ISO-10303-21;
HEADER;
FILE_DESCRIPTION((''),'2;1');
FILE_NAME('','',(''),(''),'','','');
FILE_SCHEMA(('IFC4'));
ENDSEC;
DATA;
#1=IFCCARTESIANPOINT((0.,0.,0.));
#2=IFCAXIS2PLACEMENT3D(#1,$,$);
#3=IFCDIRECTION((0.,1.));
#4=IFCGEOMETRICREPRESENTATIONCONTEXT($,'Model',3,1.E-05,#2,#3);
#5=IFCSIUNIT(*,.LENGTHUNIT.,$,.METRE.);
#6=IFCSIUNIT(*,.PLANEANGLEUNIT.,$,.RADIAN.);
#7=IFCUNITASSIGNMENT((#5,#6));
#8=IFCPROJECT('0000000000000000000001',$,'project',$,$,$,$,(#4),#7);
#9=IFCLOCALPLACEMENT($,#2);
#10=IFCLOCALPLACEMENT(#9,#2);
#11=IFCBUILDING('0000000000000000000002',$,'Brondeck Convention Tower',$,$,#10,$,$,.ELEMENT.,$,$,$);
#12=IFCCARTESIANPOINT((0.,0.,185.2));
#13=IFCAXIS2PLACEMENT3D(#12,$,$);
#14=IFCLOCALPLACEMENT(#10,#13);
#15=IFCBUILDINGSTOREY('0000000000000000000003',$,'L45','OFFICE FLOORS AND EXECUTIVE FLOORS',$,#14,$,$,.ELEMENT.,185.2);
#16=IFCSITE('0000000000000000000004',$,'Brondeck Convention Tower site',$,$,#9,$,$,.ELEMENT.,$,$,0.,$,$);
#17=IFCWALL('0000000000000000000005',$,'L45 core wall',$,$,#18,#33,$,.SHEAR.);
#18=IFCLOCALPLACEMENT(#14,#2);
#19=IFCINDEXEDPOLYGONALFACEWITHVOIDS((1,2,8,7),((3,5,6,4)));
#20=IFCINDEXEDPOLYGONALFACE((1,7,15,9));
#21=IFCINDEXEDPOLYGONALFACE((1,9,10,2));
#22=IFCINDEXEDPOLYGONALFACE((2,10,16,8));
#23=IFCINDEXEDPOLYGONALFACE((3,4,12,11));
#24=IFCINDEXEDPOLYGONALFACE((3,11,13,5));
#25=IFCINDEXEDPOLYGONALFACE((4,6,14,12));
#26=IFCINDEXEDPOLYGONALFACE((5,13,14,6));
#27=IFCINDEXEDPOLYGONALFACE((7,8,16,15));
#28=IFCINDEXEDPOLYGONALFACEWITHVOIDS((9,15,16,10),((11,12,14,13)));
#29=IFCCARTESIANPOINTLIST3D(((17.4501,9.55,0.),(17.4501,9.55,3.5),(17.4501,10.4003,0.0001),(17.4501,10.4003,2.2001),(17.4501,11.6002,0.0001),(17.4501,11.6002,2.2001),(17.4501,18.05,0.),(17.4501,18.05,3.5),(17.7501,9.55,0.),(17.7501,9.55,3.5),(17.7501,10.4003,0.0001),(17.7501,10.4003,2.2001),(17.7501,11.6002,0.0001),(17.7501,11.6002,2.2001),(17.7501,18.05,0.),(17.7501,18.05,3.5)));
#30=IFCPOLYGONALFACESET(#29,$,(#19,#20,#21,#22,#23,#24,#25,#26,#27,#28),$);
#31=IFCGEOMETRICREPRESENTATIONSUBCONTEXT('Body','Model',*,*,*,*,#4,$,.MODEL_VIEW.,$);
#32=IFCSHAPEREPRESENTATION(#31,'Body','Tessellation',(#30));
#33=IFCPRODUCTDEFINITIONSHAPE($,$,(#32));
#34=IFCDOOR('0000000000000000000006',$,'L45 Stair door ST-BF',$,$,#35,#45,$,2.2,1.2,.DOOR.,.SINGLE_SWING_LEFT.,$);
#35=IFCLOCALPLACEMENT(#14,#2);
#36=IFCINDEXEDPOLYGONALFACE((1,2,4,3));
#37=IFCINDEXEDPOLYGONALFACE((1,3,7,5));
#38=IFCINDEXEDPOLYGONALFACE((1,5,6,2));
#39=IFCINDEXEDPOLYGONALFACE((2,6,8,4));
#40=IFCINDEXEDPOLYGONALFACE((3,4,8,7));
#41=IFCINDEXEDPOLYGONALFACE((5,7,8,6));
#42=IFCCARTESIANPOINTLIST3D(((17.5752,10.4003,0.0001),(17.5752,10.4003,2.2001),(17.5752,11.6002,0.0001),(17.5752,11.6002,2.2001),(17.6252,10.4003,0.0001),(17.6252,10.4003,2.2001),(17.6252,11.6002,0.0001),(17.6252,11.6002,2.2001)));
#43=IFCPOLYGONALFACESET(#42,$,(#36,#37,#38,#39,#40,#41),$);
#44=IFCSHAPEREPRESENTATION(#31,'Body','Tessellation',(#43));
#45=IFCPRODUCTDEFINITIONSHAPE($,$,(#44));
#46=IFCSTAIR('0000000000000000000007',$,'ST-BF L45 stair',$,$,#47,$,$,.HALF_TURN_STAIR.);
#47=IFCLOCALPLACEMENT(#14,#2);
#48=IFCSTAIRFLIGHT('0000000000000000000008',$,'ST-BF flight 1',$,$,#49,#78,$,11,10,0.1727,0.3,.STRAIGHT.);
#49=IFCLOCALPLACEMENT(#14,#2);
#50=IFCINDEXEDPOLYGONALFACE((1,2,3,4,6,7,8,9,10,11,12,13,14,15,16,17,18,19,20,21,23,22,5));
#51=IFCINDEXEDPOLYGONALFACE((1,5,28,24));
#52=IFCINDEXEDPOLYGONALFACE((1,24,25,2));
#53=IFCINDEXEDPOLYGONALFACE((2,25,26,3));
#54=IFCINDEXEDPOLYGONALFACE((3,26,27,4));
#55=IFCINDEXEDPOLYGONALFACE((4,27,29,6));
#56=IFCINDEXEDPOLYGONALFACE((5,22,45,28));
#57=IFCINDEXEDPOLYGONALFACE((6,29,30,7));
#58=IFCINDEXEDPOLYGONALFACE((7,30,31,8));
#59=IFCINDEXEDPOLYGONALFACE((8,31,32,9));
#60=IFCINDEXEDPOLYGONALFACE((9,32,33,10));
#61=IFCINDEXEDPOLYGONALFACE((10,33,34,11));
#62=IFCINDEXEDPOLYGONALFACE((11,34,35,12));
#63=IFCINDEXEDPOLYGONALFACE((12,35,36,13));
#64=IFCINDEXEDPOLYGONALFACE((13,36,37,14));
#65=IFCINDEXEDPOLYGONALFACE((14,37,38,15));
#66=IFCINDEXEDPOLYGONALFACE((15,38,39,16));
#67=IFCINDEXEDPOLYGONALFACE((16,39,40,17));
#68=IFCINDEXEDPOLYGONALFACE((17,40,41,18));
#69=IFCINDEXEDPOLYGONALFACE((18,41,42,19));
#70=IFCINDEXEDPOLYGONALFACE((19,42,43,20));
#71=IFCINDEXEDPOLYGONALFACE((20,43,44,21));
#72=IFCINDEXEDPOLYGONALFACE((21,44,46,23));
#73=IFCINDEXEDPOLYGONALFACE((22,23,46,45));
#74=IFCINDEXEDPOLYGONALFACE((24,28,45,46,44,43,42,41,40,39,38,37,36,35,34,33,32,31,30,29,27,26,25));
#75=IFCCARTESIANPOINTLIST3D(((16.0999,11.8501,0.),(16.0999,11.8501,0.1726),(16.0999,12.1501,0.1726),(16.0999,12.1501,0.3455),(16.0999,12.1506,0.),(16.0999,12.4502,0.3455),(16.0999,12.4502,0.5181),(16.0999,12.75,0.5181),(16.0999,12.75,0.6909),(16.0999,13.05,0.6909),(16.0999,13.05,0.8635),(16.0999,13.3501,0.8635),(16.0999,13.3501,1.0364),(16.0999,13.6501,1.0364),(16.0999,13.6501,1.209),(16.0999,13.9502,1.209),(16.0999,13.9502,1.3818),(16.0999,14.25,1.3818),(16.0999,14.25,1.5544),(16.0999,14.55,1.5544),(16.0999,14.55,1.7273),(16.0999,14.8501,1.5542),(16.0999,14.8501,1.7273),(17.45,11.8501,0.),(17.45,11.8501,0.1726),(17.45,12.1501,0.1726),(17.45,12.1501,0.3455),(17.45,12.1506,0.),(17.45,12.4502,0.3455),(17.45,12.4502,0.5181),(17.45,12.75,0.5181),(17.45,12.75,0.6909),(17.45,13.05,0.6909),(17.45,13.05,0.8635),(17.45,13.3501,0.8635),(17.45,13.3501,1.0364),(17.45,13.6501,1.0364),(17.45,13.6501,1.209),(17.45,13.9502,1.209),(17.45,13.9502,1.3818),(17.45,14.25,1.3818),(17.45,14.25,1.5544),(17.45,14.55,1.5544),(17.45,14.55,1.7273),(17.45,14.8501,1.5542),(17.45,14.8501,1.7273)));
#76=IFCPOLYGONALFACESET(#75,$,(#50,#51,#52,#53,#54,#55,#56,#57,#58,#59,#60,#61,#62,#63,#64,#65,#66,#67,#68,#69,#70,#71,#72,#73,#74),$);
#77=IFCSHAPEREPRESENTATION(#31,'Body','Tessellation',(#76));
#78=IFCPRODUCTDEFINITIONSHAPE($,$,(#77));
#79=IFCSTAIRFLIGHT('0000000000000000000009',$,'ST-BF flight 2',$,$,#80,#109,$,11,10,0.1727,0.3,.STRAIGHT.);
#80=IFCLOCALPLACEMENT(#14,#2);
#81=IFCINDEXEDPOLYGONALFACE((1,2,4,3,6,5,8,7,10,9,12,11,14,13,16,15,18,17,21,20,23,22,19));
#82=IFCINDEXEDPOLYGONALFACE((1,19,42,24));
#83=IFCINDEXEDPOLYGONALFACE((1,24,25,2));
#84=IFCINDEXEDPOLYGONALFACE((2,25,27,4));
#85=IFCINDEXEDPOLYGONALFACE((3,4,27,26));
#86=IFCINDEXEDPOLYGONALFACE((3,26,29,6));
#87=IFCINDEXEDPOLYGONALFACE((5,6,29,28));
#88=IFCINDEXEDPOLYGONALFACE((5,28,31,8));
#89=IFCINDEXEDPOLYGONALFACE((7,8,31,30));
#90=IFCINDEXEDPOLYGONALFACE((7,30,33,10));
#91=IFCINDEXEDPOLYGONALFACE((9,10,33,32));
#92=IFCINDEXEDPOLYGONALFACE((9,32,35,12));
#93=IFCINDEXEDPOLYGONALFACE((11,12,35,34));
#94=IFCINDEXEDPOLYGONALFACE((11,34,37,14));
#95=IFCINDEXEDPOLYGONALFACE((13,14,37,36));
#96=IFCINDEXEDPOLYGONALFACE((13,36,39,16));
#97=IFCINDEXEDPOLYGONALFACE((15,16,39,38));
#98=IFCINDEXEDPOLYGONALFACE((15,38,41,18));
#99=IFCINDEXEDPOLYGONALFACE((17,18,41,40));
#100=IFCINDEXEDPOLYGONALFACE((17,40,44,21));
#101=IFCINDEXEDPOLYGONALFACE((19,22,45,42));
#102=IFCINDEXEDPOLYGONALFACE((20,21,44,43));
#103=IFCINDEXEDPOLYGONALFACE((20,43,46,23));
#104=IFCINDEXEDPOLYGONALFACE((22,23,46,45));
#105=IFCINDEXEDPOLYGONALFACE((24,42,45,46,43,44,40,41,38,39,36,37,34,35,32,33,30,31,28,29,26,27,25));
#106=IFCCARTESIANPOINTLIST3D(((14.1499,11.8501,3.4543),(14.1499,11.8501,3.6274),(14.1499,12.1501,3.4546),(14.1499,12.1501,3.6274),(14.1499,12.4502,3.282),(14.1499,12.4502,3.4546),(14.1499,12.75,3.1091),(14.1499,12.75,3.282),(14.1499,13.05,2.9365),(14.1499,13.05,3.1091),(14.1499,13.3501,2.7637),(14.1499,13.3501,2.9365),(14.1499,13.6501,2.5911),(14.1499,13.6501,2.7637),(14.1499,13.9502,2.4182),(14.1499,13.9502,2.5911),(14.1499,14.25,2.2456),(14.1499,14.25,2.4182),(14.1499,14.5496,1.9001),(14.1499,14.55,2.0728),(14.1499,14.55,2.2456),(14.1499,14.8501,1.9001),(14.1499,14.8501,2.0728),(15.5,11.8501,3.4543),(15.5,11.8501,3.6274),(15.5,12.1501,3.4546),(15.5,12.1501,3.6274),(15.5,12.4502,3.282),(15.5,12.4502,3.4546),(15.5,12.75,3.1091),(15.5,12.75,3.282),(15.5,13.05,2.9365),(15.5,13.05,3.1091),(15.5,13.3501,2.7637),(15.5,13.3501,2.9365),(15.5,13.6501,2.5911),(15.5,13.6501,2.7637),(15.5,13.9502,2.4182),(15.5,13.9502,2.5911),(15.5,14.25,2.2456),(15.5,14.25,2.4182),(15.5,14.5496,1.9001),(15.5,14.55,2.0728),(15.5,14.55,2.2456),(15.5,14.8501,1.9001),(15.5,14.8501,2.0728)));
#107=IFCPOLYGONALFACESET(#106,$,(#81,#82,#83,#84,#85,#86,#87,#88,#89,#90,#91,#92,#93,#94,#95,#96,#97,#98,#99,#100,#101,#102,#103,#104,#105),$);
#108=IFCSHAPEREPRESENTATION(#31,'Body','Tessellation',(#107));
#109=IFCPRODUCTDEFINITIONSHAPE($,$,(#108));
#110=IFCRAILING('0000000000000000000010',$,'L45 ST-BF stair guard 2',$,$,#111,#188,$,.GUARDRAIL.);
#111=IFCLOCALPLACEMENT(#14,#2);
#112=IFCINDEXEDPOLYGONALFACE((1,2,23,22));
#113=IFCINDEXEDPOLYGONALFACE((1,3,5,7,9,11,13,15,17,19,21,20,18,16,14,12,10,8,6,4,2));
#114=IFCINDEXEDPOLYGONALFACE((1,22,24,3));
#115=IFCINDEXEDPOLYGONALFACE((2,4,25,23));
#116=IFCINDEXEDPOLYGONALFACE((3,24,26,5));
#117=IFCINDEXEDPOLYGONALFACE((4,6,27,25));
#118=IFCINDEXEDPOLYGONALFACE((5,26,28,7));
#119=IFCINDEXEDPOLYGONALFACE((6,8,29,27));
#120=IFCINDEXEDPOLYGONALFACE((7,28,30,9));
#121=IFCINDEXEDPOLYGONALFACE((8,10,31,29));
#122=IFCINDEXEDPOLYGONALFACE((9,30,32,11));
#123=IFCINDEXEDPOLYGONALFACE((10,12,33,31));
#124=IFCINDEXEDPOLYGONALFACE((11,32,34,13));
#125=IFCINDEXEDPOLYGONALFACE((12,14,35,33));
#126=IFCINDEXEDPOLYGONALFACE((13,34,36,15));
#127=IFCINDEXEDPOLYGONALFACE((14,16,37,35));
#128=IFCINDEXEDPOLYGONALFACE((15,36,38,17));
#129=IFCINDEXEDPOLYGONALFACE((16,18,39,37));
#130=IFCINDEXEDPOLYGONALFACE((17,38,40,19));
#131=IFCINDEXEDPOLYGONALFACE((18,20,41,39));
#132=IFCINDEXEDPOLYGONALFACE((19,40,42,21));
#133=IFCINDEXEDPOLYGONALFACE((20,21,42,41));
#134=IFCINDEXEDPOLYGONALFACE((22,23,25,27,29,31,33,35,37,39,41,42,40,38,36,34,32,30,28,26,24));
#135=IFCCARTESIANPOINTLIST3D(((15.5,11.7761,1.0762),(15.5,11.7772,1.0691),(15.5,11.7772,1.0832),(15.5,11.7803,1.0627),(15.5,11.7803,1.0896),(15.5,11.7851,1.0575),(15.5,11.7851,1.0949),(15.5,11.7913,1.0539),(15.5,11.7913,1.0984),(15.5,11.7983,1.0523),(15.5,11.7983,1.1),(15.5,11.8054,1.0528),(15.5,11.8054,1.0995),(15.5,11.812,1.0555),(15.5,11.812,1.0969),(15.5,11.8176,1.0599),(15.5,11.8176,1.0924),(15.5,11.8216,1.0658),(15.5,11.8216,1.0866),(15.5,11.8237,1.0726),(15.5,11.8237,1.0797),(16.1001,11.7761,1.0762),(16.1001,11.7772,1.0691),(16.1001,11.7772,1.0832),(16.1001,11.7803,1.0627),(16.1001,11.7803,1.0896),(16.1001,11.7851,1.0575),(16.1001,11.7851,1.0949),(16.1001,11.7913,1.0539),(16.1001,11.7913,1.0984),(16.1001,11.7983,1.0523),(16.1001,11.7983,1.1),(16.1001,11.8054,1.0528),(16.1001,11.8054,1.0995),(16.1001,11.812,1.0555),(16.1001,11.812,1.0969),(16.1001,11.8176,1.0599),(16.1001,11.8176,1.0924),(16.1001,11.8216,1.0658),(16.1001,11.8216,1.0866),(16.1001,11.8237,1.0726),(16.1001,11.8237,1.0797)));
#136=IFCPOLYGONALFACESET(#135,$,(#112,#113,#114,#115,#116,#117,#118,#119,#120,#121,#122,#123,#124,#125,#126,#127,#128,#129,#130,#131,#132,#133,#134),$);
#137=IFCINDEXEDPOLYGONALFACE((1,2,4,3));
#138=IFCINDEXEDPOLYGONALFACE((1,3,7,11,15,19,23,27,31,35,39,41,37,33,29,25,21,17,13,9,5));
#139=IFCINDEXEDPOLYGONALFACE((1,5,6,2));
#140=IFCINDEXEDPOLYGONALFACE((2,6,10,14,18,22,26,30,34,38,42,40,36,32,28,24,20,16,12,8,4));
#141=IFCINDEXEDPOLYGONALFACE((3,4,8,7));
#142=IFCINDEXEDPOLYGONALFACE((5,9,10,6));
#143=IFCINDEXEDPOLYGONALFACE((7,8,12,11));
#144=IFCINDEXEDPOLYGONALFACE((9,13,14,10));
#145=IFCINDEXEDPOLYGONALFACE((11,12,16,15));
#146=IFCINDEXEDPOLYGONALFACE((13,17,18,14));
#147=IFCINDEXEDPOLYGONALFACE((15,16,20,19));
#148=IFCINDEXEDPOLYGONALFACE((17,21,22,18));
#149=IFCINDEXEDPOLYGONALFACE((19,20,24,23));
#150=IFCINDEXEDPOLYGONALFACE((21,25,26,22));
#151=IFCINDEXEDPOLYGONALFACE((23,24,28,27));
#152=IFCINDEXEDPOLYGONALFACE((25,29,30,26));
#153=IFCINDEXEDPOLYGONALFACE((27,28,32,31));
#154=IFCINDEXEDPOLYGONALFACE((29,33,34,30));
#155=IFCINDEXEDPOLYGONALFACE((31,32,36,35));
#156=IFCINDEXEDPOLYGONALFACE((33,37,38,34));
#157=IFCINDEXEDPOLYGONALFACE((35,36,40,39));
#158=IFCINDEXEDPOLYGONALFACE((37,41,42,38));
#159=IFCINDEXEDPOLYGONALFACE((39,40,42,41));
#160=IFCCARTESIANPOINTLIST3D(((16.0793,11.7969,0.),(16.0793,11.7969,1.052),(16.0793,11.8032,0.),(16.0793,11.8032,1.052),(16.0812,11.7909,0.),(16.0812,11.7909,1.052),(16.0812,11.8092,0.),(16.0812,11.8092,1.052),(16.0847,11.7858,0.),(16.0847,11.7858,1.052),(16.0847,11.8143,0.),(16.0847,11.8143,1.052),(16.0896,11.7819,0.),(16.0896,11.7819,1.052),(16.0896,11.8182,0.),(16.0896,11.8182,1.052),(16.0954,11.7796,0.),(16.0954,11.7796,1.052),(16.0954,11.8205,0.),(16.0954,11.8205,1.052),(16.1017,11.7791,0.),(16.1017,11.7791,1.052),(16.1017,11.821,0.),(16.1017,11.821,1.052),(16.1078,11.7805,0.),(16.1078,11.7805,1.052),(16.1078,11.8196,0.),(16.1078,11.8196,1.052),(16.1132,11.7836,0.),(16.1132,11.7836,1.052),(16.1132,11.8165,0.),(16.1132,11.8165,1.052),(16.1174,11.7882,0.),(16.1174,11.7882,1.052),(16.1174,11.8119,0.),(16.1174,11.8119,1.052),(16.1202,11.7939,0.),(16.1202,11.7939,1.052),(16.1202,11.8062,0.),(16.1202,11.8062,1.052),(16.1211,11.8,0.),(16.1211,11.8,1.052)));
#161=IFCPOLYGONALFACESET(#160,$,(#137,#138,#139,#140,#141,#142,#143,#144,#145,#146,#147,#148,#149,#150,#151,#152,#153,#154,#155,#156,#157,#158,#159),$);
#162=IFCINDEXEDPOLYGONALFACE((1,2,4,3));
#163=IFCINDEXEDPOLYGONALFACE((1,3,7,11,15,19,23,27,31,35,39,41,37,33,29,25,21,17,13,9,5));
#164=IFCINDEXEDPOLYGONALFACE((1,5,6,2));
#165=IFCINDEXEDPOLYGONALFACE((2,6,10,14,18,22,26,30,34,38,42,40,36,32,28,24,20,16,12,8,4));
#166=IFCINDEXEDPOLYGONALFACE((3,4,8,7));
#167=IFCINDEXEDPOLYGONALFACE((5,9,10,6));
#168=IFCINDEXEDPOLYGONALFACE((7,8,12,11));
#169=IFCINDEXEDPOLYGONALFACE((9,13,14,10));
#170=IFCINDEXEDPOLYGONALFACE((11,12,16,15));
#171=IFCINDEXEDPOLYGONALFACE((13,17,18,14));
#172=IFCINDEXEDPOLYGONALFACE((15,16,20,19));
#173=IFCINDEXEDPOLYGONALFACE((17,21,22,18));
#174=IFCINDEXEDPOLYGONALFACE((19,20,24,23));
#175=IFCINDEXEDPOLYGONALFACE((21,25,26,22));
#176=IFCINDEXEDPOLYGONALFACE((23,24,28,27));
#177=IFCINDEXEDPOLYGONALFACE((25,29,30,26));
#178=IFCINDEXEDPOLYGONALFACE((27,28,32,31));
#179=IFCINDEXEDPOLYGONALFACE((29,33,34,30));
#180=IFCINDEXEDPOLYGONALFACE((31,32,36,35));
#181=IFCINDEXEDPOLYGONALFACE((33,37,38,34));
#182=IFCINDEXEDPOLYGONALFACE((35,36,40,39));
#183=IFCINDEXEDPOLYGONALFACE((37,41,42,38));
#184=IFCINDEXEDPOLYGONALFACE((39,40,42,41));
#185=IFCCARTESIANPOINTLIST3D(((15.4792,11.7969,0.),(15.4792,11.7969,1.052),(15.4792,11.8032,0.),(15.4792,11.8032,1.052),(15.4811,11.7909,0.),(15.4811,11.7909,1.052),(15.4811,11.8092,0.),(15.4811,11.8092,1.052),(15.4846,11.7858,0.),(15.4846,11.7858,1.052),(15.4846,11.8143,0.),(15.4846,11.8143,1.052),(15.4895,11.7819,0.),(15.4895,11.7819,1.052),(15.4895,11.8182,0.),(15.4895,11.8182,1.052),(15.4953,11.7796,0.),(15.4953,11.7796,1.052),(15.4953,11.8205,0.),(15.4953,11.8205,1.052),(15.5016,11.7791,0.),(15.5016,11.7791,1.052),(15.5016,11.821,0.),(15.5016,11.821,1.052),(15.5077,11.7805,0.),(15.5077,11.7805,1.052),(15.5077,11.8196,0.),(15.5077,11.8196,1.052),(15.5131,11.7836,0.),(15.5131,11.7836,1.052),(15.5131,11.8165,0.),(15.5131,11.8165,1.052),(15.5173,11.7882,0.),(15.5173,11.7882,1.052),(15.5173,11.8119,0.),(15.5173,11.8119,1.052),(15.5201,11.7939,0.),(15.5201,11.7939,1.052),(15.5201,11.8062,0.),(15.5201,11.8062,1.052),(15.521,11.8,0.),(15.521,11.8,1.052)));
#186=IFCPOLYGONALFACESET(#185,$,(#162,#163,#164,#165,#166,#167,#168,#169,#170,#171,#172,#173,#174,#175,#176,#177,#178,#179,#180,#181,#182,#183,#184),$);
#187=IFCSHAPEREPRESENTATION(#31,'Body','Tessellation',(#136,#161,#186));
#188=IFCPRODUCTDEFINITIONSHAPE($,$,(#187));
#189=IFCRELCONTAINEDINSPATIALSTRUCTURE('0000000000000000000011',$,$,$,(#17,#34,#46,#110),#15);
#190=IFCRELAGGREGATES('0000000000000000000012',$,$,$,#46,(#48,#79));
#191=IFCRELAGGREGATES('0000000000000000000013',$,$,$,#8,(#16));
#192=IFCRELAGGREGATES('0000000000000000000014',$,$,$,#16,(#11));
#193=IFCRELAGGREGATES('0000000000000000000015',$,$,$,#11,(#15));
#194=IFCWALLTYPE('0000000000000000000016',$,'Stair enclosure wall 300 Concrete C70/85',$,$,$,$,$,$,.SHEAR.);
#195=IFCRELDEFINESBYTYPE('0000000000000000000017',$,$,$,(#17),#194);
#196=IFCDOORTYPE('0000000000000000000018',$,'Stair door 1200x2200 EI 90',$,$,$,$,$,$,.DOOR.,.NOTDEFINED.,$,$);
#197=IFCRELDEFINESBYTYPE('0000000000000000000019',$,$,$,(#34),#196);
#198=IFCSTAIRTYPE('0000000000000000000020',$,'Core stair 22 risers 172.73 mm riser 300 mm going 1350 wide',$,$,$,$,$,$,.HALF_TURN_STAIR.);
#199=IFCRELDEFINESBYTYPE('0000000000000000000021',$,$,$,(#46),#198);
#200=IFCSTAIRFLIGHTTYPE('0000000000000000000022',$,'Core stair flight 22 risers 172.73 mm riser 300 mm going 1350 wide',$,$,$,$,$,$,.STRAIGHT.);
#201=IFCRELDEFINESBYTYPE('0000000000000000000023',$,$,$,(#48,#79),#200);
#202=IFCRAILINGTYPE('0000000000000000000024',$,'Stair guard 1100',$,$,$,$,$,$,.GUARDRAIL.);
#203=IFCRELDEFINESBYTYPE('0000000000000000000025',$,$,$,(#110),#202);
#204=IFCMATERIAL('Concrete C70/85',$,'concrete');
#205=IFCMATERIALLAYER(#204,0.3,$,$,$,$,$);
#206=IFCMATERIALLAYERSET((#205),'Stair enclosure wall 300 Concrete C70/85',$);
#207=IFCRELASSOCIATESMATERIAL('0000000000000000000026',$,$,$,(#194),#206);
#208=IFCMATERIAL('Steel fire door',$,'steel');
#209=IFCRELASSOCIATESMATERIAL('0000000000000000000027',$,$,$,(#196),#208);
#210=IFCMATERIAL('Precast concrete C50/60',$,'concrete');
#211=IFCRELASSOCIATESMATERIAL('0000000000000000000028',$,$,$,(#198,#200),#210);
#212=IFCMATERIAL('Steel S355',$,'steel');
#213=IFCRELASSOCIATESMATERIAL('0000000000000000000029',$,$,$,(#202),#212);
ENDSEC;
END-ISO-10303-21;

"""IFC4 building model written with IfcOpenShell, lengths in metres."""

from ifc_helpers import new_model, si_unit, direction, frame, frame_2d, origin, origin_2d, place, context, subcontext, project, spatial, polyline, rectangle, circle, outline, extrude, material, layer, layer_set, type_object, element, fill, aggregate, save


model = new_model("IFC4")

# Units and contexts
model_context = context("Model", 3, precision=1e-05, world=origin(), true_north=direction((0.0, 1.0)))
body_context = subcontext(model_context, "Body", "Model", "MODEL_VIEW")
ifc_project = project(units=[si_unit("LENGTHUNIT", "METRE"), si_unit("PLANEANGLEUNIT", "RADIAN")], contexts=[model_context])

# Site, building, storey
site_placement = place(None, origin())
site = spatial("IfcSite", under=ifc_project, at=site_placement, Name="Brondeck Convention Tower site", CompositionType="ELEMENT", RefElevation=0.0)
building_placement = place(site_placement, origin())
building = spatial("IfcBuilding", under=site, at=building_placement, Name="Brondeck Convention Tower", CompositionType="ELEMENT")
storey_placement = place(building_placement, frame((0.0, 0.0, 185.2)))
storey = spatial("IfcBuildingStorey", under=building, at=storey_placement, Name="L45", Description="OFFICE FLOORS AND EXECUTIVE FLOORS", CompositionType="ELEMENT", Elevation=185.2)

# Shared definitions
ifc_material_1 = material(Name="Concrete C70/85", Category="concrete")

# Shared definitions
ifc_material_2 = material(Name="Steel S355", Category="steel")

# Shared definitions
ifc_layer_1 = layer(ifc_material_1, 0.3)
ifc_layer_set_1 = layer_set([ifc_layer_1], Name="Stair enclosure wall 300 Concrete C70/85")
wall_type_1 = type_object("IfcWallType", Name="Stair enclosure wall 300 Concrete C70/85", PredefinedType="SHEAR", material=ifc_layer_set_1)

# Wall, opening, door
wall_1_placement = place(storey_placement, frame((17.6001, 9.55, 0.0), z_axis=(0.0, 0.0, 1.0), x_axis=(0.0, 1.0, 0.0)))
wall_1 = element("IfcWall", 1, at=wall_1_placement, inside=storey, type_object=wall_type_1, Name="L45 core wall", PredefinedType="SHEAR", context=body_context, shape_type="SweptSolid", body=[
    extrude(rectangle(XDim=8.5, YDim=0.3, at=frame_2d((4.25, 0.0))), origin(), (0.0, 0.0, 1.0), 3.5),
])
opening_1_placement = place(wall_1_placement, frame((0.8501, 0.0, 0.0)))
opening_1 = element("IfcOpeningElement", 2, at=opening_1_placement, cuts=wall_1, PredefinedType="OPENING", context=body_context, shape_type="SweptSolid", body=[
    extrude(rectangle(XDim=1.2, YDim=2.2, at=frame_2d((0.6001, 1.1001))), frame((0.0, 0.1599, 0.0), z_axis=(0.0, -1.0, 0.0), x_axis=(1.0, 0.0, 0.0)), (0.0, 0.0, 1.0), 0.3201),
])
ifc_material_3 = material(Name="Steel fire door", Category="steel")
door_type_1 = type_object("IfcDoorType", Name="Stair door 1200x2200 EI 90", OperationType="NOTDEFINED", PredefinedType="DOOR", material=ifc_material_3)
door_1_placement = place(opening_1_placement, origin())
door_1 = element("IfcDoor", 3, at=door_1_placement, inside=storey, type_object=door_type_1, Name="L45 Stair door ST-BF", OperationType="SINGLE_SWING_LEFT", OverallHeight=2.2, OverallWidth=1.2, PredefinedType="DOOR", context=body_context, shape_type="SweptSolid", body=[
    extrude(rectangle(XDim=1.2, YDim=2.2, at=frame_2d((0.6001, 1.1001))), frame((0.0, 0.0249, 0.0), z_axis=(0.0, -1.0, 0.0), x_axis=(1.0, 0.0, 0.0)), (0.0, 0.0, 1.0), 0.05),
])
fill(opening_1, door_1)

# Stair, stair flights
ifc_material_4 = material(Name="Precast concrete C50/60", Category="concrete")
stair_type = type_object("IfcStairType", Name="Core stair 22 risers 172.73 mm riser 300 mm going 1350 wide", PredefinedType="HALF_TURN_STAIR", material=ifc_material_4)
stair_placement = place(storey_placement, origin())
stair = element("IfcStair", 4, at=stair_placement, inside=storey, type_object=stair_type, Name="ST-BF L45 stair", PredefinedType="HALF_TURN_STAIR")
stair_flight_type = type_object("IfcStairFlightType", Name="Core stair flight 22 risers 172.73 mm riser 300 mm going 1350 wide", PredefinedType="STRAIGHT", material=ifc_material_4)
stair_flight_1_placement = place(storey_placement, frame((16.7749, 11.8501, 0.0), z_axis=(0.0, 0.0, 1.0), x_axis=(0.0, 1.0, 0.0)))
stair_flight_1 = element("IfcStairFlight", 5, at=stair_flight_1_placement, type_object=stair_flight_type, Name="ST-BF flight 1", NumberOfRisers=11, NumberOfTreads=10, PredefinedType="STRAIGHT", RiserHeight=0.1727, TreadLength=0.3, context=body_context, shape_type="SweptSolid", body=[
    extrude(outline(polyline([(0.0, 0.0), (0.0, 0.1726), (0.3, 0.1726), (0.3, 0.3455), (0.6001, 0.3455), (0.6001, 0.5181), (0.8999, 0.5181), (0.8999, 0.6909), (1.2, 0.6909), (1.2, 0.8635), (1.5, 0.8635), (1.5, 1.0364), (1.8, 1.0364), (1.8, 1.209), (2.1001, 1.209), (2.1001, 1.3818), (2.3999, 1.3818), (2.3999, 1.5544), (2.7, 1.5544), (2.7, 1.7273), (3.0, 1.7273), (3.0, 1.8999), (3.0, 1.5542), (0.3005, 0.0), (0.0, 0.0)])), frame((0.0, 0.675, 0.0), z_axis=(0.0, -1.0, 0.0), x_axis=(1.0, 0.0, 0.0)), (0.0, 0.0, 1.0), 1.3501),
])
stair_flight_2_placement = place(storey_placement, frame((14.825, 14.8501, 1.9001), z_axis=(0.0, 0.0, 1.0), x_axis=(0.0, -1.0, 0.0)))
stair_flight_2 = element("IfcStairFlight", 6, at=stair_flight_2_placement, type_object=stair_flight_type, Name="ST-BF flight 2", NumberOfRisers=11, NumberOfTreads=10, PredefinedType="STRAIGHT", RiserHeight=0.1727, TreadLength=0.3, context=body_context, shape_type="SweptSolid", body=[
    extrude(outline(polyline([(0.0, 0.0), (0.0, 0.1726), (0.3, 0.1726), (0.3, 0.3455), (0.6001, 0.3455), (0.6001, 0.5181), (0.8999, 0.5181), (0.8999, 0.6909), (1.2, 0.6909), (1.2, 0.8635), (1.5, 0.8635), (1.5, 1.0364), (1.8, 1.0364), (1.8, 1.209), (2.1001, 1.209), (2.1001, 1.3818), (2.3999, 1.3818), (2.3999, 1.5544), (2.7, 1.5544), (2.7, 1.7273), (3.0, 1.7273), (3.0, 1.8999), (3.0, 1.5542), (0.3005, 0.0), (0.0, 0.0)])), frame((0.0, 0.675, 0.0), z_axis=(0.0, -1.0, 0.0), x_axis=(1.0, 0.0, 0.0)), (0.0, 0.0, 1.0), 1.3501),
])
aggregate(stair, [stair_flight_1, stair_flight_2])

# Railing
railing_type_1 = type_object("IfcRailingType", Name="Stair guard 1100", PredefinedType="GUARDRAIL", material=ifc_material_2)
railing_1_placement = place(storey_placement, frame((16.1001, 11.8, 0.0)))
element("IfcRailing", 7, at=railing_1_placement, inside=storey, type_object=railing_type_1, Name="L45 ST-BF stair guard 2", PredefinedType="GUARDRAIL", context=body_context, shape_type="SweptSolid", body=[
    extrude(circle(Radius=0.0239, at=origin_2d()), frame((0.0, 0.0, 1.0762), z_axis=(-1.0, 0.0, 0.0), x_axis=(0.0, -1.0, 0.0)), (0.0, 0.0, 1.0), 0.6001),
    extrude(circle(Radius=0.021, at=origin_2d()), origin(), (0.0, 0.0, 1.0), 1.052),
    extrude(circle(Radius=0.021, at=origin_2d()), frame((-0.6001, 0.0, 0.0)), (0.0, 0.0, 1.0), 1.052),
])

save(model, "model.ifc")
